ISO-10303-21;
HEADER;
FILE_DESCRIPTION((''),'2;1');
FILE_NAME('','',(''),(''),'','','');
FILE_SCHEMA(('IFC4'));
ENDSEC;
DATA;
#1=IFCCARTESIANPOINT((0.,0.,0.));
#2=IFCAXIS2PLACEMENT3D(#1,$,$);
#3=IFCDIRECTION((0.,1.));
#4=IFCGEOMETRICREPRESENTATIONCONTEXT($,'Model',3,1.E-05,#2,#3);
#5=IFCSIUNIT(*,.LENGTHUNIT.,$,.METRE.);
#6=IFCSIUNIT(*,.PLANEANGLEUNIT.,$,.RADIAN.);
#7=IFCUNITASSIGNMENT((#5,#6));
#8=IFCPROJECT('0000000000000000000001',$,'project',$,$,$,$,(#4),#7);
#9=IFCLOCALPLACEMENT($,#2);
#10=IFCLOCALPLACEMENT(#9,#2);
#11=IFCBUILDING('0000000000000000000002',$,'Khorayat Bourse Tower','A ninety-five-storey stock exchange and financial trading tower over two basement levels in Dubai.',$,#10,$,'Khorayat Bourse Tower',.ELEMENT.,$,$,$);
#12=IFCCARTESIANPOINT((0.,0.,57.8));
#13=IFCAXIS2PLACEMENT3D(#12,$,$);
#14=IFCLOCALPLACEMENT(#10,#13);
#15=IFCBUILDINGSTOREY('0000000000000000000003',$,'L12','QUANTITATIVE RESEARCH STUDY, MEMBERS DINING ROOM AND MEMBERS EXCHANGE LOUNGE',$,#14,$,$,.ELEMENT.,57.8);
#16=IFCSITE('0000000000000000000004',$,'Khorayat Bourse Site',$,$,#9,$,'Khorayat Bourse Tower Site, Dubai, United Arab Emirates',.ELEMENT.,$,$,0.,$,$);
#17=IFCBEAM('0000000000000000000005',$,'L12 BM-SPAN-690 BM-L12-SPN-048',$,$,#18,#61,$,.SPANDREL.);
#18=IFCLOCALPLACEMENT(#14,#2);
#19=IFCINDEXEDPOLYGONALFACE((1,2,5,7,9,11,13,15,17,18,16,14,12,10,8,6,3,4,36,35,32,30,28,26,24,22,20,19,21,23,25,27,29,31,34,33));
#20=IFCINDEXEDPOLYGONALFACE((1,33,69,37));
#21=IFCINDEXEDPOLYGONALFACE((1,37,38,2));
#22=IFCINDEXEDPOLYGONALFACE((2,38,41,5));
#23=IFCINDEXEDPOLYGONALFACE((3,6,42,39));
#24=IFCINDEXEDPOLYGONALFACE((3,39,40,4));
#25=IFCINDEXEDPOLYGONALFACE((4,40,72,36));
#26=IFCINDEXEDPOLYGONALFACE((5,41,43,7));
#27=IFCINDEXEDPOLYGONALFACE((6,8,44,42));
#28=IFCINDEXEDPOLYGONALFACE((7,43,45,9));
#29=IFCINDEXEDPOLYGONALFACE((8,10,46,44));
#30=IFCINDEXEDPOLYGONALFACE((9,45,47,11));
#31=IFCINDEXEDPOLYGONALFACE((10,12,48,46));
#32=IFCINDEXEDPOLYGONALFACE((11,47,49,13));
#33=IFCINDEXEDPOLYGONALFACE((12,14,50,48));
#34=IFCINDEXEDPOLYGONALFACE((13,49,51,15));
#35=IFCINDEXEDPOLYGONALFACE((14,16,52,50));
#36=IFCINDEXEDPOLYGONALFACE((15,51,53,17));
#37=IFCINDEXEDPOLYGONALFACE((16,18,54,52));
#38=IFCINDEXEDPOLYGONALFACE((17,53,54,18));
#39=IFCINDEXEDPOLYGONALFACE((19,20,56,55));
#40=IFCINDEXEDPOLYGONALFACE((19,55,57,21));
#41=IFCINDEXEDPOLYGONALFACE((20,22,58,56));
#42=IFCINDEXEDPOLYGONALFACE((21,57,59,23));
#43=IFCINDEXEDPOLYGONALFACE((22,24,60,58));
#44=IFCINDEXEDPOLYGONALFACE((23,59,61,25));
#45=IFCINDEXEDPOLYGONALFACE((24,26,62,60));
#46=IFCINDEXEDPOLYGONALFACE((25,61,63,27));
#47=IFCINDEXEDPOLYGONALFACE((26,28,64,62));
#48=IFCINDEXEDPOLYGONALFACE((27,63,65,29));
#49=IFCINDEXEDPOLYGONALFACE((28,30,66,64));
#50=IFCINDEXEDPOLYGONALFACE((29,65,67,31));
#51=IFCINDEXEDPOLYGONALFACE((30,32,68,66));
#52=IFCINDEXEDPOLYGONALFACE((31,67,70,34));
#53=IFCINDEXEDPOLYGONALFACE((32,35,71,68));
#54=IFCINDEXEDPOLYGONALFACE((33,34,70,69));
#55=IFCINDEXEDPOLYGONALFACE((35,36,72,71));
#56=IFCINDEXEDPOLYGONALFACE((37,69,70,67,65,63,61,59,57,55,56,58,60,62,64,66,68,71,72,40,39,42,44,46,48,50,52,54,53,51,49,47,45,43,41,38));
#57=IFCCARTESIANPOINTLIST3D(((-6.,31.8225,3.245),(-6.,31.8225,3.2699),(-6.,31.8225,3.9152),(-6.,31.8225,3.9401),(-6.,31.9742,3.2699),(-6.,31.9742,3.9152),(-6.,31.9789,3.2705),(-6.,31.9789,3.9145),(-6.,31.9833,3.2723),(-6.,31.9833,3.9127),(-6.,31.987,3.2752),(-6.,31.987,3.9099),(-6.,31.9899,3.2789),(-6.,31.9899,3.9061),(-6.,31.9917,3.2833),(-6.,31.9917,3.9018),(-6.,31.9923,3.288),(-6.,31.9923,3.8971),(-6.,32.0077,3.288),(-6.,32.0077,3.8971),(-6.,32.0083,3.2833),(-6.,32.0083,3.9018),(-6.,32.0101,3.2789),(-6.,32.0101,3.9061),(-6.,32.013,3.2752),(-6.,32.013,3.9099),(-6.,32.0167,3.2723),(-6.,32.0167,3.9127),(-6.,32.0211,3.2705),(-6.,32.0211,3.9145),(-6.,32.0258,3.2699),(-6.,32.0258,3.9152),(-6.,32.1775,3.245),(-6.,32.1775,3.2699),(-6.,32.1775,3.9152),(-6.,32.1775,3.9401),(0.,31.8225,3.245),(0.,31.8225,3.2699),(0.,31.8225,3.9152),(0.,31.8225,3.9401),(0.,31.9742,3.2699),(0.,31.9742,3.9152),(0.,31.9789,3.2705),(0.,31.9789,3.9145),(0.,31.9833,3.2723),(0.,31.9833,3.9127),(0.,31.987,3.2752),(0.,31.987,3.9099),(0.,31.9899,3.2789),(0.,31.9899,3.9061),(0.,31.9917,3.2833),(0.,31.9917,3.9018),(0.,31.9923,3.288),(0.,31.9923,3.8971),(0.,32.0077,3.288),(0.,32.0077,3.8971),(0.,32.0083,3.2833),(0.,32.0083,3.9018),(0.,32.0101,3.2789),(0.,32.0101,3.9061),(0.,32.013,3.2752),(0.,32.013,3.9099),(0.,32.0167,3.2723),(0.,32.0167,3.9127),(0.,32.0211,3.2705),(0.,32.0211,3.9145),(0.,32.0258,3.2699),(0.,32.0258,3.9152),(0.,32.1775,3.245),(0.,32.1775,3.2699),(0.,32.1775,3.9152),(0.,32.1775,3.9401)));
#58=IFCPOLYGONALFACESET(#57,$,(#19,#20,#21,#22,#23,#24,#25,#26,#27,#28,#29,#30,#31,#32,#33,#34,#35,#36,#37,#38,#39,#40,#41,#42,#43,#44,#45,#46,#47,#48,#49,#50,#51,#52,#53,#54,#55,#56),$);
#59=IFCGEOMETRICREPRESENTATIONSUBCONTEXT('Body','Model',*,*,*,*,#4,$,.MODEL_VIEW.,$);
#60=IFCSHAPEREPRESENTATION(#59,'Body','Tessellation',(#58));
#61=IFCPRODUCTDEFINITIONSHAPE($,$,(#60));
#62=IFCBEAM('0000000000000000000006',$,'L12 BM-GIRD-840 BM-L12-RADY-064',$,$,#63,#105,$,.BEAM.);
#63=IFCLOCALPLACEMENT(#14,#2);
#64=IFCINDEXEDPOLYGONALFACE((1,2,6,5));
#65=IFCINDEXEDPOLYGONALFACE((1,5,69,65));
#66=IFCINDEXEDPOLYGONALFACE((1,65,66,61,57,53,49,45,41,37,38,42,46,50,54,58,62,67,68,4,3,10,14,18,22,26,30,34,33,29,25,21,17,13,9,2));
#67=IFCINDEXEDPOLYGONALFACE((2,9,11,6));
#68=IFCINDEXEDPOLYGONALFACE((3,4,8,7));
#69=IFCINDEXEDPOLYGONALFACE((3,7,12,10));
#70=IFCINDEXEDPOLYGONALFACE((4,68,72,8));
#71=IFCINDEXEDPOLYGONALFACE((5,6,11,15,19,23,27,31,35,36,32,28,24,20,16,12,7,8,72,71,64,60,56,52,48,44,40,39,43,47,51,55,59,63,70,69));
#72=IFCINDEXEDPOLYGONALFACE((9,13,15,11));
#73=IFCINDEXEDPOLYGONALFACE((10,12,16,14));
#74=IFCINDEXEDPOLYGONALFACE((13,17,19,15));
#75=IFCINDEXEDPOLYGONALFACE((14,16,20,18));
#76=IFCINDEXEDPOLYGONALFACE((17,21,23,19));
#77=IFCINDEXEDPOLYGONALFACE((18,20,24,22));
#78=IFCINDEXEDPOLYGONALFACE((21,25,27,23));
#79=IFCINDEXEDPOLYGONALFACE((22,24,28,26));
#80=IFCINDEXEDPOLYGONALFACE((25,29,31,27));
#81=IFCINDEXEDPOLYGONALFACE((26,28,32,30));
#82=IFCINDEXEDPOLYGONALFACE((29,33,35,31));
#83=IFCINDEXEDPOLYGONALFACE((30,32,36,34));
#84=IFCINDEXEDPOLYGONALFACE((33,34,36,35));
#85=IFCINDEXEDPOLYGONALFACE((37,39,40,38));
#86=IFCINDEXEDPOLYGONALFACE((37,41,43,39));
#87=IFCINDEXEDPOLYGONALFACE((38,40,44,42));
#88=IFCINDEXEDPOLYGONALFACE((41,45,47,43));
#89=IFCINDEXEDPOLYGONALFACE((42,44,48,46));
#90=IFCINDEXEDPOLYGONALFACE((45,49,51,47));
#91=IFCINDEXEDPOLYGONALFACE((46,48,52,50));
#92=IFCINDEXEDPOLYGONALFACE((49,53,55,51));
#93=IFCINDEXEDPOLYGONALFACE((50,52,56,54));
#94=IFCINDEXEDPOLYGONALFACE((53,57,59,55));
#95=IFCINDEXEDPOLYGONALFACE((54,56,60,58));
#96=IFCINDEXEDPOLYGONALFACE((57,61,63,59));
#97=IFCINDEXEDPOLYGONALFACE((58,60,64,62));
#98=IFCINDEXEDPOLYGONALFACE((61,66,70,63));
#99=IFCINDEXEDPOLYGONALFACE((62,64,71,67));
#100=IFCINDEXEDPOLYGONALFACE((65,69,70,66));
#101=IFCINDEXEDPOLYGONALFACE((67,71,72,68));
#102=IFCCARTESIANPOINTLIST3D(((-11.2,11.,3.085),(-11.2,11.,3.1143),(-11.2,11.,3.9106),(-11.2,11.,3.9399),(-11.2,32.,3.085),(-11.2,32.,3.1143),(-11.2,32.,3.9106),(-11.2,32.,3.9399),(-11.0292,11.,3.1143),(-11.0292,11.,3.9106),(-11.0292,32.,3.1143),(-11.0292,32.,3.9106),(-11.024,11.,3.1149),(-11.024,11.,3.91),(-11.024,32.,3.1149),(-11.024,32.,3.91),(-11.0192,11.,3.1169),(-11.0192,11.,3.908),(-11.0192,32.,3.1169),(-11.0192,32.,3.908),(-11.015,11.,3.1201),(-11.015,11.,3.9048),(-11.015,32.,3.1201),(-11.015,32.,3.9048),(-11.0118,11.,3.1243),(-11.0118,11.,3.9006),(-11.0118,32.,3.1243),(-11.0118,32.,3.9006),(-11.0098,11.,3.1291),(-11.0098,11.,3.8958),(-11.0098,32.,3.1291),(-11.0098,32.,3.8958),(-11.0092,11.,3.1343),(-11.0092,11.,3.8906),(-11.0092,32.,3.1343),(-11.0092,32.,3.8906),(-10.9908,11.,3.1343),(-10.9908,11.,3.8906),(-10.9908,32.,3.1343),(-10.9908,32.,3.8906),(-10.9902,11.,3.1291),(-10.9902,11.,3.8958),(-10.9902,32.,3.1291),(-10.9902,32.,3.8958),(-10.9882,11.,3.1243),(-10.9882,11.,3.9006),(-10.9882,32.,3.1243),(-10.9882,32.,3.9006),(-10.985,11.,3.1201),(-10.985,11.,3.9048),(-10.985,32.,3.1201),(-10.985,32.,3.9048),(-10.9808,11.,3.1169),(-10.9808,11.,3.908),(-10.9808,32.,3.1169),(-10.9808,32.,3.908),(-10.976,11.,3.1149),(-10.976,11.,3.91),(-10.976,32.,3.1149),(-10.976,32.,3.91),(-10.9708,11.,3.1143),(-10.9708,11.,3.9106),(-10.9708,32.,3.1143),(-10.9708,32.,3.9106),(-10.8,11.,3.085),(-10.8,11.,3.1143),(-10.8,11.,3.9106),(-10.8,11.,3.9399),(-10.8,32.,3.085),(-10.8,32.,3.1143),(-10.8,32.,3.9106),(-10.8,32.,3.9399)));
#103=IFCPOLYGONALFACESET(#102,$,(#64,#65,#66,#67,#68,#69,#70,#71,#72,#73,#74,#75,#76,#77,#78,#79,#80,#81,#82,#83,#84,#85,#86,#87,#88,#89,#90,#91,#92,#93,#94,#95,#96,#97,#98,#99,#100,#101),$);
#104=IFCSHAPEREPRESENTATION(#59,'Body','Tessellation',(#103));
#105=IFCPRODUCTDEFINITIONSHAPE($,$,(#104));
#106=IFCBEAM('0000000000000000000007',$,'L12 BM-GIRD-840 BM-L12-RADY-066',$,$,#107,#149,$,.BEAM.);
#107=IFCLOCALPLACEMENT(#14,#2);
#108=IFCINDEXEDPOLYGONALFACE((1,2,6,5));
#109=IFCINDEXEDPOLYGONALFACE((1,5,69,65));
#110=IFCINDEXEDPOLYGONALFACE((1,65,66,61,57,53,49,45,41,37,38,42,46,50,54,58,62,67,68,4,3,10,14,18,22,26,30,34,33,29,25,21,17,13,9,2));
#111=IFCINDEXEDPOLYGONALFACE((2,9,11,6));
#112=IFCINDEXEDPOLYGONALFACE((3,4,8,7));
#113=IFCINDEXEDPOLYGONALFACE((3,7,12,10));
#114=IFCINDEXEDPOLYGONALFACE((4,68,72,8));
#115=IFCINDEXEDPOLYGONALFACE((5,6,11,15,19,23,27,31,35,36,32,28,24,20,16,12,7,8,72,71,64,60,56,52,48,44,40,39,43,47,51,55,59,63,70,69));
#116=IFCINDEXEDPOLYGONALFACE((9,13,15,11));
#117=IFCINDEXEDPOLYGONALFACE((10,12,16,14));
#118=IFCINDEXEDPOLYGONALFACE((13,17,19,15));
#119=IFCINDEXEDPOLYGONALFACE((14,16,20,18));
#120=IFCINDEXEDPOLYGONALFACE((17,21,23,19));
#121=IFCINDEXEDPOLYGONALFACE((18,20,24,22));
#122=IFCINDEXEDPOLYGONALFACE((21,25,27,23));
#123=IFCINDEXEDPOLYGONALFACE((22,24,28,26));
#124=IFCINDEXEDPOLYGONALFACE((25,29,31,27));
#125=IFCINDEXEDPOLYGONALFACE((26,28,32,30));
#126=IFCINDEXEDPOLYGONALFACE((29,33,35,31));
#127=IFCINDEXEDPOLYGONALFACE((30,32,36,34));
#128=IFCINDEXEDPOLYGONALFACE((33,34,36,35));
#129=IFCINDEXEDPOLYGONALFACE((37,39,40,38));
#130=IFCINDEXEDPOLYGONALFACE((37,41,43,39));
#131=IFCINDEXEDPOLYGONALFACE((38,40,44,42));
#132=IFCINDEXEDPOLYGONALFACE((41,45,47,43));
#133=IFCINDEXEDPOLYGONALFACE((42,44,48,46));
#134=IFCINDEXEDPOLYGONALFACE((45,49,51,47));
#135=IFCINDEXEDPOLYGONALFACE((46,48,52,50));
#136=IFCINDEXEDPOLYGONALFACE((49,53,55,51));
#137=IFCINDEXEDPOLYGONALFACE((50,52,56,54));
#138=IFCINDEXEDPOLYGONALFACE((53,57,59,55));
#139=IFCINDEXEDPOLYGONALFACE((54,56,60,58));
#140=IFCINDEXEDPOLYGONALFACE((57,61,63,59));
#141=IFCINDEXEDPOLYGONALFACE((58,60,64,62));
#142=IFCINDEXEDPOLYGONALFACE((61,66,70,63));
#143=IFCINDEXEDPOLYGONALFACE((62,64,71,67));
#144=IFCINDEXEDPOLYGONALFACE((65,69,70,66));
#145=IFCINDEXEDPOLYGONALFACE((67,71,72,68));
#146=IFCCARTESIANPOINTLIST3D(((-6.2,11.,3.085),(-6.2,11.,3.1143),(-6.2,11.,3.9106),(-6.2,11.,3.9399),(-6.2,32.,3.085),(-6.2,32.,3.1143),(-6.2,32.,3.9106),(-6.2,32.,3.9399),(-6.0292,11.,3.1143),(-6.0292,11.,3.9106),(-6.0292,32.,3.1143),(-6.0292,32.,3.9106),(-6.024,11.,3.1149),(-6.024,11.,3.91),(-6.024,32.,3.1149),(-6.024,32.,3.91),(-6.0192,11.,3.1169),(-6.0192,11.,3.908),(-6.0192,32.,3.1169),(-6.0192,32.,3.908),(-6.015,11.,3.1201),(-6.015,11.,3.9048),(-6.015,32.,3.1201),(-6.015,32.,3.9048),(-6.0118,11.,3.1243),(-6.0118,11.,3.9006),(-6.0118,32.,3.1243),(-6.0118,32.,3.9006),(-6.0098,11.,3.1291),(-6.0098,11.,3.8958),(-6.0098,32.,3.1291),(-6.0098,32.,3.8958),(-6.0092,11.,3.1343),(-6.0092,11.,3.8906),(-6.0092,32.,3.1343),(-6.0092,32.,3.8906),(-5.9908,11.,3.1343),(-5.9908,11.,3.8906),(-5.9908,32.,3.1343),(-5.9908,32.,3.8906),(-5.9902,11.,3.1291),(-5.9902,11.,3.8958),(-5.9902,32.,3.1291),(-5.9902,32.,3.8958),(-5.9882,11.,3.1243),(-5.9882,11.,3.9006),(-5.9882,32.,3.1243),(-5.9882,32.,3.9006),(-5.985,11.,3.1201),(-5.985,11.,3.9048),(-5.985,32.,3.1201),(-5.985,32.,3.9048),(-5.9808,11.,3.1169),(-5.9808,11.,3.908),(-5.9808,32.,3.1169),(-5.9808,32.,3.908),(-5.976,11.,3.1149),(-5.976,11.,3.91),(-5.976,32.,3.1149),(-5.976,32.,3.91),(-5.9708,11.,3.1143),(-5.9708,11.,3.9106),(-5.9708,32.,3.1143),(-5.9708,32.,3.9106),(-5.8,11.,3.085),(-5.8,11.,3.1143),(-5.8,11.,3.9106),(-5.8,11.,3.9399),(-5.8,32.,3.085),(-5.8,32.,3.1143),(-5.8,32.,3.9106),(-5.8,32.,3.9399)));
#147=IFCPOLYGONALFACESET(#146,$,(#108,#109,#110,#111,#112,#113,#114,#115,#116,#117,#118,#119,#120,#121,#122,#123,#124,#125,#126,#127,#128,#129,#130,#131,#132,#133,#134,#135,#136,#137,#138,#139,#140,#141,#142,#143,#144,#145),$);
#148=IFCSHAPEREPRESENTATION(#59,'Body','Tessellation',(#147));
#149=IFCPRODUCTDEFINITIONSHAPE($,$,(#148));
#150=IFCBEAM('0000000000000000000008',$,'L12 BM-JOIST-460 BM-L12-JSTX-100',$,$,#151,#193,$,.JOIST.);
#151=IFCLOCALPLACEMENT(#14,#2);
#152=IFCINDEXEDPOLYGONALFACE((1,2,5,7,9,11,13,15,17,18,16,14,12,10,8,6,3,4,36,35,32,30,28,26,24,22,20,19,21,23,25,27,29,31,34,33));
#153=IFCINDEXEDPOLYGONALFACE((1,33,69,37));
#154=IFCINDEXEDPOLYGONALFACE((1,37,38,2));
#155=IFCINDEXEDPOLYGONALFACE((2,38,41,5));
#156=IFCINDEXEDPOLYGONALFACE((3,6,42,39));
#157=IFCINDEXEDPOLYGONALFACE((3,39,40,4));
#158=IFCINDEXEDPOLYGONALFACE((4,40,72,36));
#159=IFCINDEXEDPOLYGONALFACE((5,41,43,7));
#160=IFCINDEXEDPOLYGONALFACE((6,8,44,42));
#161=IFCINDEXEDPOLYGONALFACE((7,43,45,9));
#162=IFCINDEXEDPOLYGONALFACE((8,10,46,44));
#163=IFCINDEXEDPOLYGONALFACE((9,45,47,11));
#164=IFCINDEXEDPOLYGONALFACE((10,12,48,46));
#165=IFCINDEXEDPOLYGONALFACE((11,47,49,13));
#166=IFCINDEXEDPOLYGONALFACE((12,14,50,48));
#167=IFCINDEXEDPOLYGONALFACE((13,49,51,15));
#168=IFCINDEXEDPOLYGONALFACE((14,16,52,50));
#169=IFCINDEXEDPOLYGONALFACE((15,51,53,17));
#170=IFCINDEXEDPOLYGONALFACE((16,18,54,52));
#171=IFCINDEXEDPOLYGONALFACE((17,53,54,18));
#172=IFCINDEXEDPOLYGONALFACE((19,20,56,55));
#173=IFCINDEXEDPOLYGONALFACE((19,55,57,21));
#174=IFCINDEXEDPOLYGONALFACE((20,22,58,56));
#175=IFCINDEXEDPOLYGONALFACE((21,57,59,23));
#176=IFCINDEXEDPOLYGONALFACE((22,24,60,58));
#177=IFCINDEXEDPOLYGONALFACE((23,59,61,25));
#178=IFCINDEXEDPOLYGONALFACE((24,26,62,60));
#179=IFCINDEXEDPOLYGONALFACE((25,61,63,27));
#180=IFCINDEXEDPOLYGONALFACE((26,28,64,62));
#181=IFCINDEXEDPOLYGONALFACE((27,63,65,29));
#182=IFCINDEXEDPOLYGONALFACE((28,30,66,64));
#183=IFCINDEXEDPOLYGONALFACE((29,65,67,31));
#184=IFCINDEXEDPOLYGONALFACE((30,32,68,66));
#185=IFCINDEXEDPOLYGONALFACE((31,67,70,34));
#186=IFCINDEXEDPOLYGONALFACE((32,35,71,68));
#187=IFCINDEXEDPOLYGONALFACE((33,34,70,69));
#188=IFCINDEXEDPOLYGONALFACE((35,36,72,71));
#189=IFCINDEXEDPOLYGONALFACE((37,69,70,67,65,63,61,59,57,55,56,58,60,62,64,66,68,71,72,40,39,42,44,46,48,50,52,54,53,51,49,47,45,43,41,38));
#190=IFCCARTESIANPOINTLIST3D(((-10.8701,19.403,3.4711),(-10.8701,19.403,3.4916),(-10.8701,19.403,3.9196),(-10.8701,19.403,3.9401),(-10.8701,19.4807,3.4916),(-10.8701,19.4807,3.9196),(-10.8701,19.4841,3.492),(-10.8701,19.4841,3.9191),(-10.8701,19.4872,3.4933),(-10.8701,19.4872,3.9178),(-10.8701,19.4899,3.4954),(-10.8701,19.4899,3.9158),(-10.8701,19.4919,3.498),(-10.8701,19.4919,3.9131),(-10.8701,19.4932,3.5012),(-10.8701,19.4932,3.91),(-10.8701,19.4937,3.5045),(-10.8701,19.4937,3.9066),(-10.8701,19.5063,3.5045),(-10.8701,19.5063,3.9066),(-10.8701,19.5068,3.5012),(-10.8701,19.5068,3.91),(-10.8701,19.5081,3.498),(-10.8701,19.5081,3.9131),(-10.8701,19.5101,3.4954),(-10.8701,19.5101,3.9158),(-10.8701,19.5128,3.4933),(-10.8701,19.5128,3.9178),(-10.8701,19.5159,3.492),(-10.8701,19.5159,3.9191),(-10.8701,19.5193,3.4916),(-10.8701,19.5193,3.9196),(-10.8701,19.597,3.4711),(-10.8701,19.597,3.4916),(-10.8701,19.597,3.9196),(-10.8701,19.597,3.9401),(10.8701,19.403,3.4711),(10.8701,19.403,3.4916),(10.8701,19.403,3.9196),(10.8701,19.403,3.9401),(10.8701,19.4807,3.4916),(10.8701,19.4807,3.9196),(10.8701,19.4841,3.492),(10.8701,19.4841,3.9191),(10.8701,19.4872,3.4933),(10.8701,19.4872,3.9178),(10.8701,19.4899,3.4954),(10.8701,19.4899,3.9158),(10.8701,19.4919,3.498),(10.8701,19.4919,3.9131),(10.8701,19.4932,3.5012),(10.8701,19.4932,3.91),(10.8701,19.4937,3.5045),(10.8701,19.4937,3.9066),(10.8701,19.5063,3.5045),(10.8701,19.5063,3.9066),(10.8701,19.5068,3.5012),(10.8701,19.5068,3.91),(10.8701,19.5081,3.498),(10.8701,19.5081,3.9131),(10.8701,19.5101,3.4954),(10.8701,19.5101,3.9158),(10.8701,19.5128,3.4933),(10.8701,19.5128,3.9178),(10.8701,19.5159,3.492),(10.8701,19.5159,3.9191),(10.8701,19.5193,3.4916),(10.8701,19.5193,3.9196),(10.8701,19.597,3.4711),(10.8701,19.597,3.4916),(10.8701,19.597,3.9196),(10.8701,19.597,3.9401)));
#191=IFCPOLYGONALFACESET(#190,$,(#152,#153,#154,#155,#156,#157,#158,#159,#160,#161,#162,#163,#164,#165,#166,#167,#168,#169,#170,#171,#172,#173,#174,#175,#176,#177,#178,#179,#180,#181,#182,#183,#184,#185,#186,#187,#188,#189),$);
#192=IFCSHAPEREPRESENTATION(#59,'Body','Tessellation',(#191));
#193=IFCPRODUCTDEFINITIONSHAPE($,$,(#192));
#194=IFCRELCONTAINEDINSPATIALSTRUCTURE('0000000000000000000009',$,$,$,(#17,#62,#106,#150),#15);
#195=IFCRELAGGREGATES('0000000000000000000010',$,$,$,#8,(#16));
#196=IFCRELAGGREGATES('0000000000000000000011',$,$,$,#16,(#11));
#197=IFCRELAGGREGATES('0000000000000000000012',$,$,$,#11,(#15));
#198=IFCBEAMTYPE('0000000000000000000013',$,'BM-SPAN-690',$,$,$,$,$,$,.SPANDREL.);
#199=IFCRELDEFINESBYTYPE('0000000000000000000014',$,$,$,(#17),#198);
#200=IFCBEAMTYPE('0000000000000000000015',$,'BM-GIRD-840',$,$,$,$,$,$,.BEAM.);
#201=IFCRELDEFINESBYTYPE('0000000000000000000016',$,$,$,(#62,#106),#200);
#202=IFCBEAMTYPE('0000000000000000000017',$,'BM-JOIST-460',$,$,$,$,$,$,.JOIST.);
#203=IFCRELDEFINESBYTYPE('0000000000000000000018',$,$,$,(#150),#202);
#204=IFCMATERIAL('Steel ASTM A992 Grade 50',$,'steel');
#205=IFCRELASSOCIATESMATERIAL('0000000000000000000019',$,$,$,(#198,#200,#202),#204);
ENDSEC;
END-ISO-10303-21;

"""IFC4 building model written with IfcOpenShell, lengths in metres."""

from ifc_helpers import new_model, si_unit, direction, frame, origin, origin_2d, place, context, subcontext, project, spatial, i_section, extrude, source, transform, mapped, material, material_profile, profile_set, type_object, element, save


model = new_model("IFC4")

# Units and contexts
model_context = context("Model", 3, precision=1e-05, world=origin(), true_north=direction((0.0, 1.0)))
body_context = subcontext(model_context, "Body", "Model", "MODEL_VIEW")
ifc_project = project(units=[si_unit("LENGTHUNIT", "METRE"), si_unit("PLANEANGLEUNIT", "RADIAN")], contexts=[model_context])

# Site, building, storey
site_placement = place(None, origin())
site = spatial("IfcSite", under=ifc_project, at=site_placement, Name="Khorayat Bourse Site", LongName="Khorayat Bourse Tower Site, Dubai, United Arab Emirates", CompositionType="ELEMENT", RefElevation=0.0)
building_placement = place(site_placement, origin())
building = spatial("IfcBuilding", under=site, at=building_placement, Name="Khorayat Bourse Tower", Description="A ninety-five-storey stock exchange and financial trading tower over two basement levels in Dubai.", LongName="Khorayat Bourse Tower", CompositionType="ELEMENT")
storey_placement = place(building_placement, frame((0.0, 0.0, 57.8)))
storey = spatial("IfcBuildingStorey", under=building, at=storey_placement, Name="L12", Description="QUANTITATIVE RESEARCH STUDY, MEMBERS DINING ROOM AND MEMBERS EXCHANGE LOUNGE", CompositionType="ELEMENT", Elevation=57.8)

# Beams
ifc_material_1 = material(Name="Steel ASTM A992 Grade 50", Category="steel")
ifc_material_profile_1 = material_profile(ifc_material_1, i_section(OverallWidth=0.355, OverallDepth=0.6951, WebThickness=0.0154, FlangeThickness=0.0249, FilletRadius=0.0181, at=origin_2d()), Name="W690X217")
ifc_profile_set_1 = profile_set([ifc_material_profile_1], Name="Steel ASTM A992 Grade 50")
beam_type_1 = type_object("IfcBeamType", Name="BM-SPAN-690", PredefinedType="SPANDREL", material=ifc_profile_set_1)
shared_shape_1 = source(origin(), body_context, "Body", "SweptSolid", [
    extrude(i_section(OverallWidth=0.355, OverallDepth=0.6951, WebThickness=0.0154, FlangeThickness=0.0249, FilletRadius=0.0181, at=origin_2d()), origin(), (0.0, 0.0, 1.0), 6.0),
])
beam_1_placement = place(storey_placement, frame((-6.0, 32.0, 3.5925), z_axis=(1.0, 0.0, 0.0), x_axis=(0.0, 1.0, 0.0)))
element("IfcBeam", 1, at=beam_1_placement, inside=storey, type_object=beam_type_1, Name="L12 BM-SPAN-690 BM-L12-SPN-048", PredefinedType="SPANDREL", context=body_context, shape_type="MappedRepresentation", body=[
    mapped(shared_shape_1, transform((0.0, 0.0, 0.0), scale=1.0)),
])
ifc_material_profile_2 = material_profile(ifc_material_1, i_section(OverallWidth=0.3999, OverallDepth=0.855, WebThickness=0.0183, FlangeThickness=0.0293, FilletRadius=0.02, at=origin_2d()), Name="W840X299")
ifc_profile_set_2 = profile_set([ifc_material_profile_2], Name="Steel ASTM A992 Grade 50")
beam_type_2 = type_object("IfcBeamType", Name="BM-GIRD-840", PredefinedType="BEAM", material=ifc_profile_set_2)
shared_shape_2 = source(origin(), body_context, "Body", "SweptSolid", [
    extrude(i_section(OverallWidth=0.3999, OverallDepth=0.855, WebThickness=0.0183, FlangeThickness=0.0293, FilletRadius=0.02, at=origin_2d()), origin(), (0.0, 0.0, 1.0), 21.0),
])
for number, where, z_axis, x_axis, name in (
    (2, (-11.0, 11.0, 3.5125), (0.0, 1.0, 0.0), (-1.0, 0.0, 0.0), "L12 BM-GIRD-840 BM-L12-RADY-064"),
    (3, (-6.0, 11.0, 3.5125), (0.0, 1.0, 0.0), (-1.0, 0.0, 0.0), "L12 BM-GIRD-840 BM-L12-RADY-066"),
):
    element("IfcBeam", number, at=place(storey_placement, frame(where, z_axis=z_axis, x_axis=x_axis)), inside=storey, type_object=beam_type_2, Name=name, PredefinedType="BEAM", context=body_context, shape_type="MappedRepresentation", body=[
        mapped(shared_shape_2, transform((0.0, 0.0, 0.0), scale=1.0)),
    ])
ifc_material_profile_3 = material_profile(ifc_material_1, i_section(OverallWidth=0.1941, OverallDepth=0.469, WebThickness=0.0127, FlangeThickness=0.0205, FilletRadius=0.0129, at=origin_2d()), Name="W460X106")
ifc_profile_set_3 = profile_set([ifc_material_profile_3], Name="Steel ASTM A992 Grade 50")
beam_type_3 = type_object("IfcBeamType", Name="BM-JOIST-460", PredefinedType="JOIST", material=ifc_profile_set_3)
shared_shape_3 = source(origin(), body_context, "Body", "SweptSolid", [
    extrude(i_section(OverallWidth=0.1941, OverallDepth=0.469, WebThickness=0.0127, FlangeThickness=0.0205, FilletRadius=0.0129, at=origin_2d()), origin(), (0.0, 0.0, 1.0), 21.7402),
])
beam_2_placement = place(storey_placement, frame((-10.8701, 19.5, 3.7056), z_axis=(1.0, 0.0, 0.0), x_axis=(0.0, 1.0, 0.0)))
element("IfcBeam", 4, at=beam_2_placement, inside=storey, type_object=beam_type_3, Name="L12 BM-JOIST-460 BM-L12-JSTX-100", PredefinedType="JOIST", context=body_context, shape_type="MappedRepresentation", body=[
    mapped(shared_shape_3, transform((0.0, 0.0, 0.0), scale=1.0)),
])

save(model, "model.ifc")
